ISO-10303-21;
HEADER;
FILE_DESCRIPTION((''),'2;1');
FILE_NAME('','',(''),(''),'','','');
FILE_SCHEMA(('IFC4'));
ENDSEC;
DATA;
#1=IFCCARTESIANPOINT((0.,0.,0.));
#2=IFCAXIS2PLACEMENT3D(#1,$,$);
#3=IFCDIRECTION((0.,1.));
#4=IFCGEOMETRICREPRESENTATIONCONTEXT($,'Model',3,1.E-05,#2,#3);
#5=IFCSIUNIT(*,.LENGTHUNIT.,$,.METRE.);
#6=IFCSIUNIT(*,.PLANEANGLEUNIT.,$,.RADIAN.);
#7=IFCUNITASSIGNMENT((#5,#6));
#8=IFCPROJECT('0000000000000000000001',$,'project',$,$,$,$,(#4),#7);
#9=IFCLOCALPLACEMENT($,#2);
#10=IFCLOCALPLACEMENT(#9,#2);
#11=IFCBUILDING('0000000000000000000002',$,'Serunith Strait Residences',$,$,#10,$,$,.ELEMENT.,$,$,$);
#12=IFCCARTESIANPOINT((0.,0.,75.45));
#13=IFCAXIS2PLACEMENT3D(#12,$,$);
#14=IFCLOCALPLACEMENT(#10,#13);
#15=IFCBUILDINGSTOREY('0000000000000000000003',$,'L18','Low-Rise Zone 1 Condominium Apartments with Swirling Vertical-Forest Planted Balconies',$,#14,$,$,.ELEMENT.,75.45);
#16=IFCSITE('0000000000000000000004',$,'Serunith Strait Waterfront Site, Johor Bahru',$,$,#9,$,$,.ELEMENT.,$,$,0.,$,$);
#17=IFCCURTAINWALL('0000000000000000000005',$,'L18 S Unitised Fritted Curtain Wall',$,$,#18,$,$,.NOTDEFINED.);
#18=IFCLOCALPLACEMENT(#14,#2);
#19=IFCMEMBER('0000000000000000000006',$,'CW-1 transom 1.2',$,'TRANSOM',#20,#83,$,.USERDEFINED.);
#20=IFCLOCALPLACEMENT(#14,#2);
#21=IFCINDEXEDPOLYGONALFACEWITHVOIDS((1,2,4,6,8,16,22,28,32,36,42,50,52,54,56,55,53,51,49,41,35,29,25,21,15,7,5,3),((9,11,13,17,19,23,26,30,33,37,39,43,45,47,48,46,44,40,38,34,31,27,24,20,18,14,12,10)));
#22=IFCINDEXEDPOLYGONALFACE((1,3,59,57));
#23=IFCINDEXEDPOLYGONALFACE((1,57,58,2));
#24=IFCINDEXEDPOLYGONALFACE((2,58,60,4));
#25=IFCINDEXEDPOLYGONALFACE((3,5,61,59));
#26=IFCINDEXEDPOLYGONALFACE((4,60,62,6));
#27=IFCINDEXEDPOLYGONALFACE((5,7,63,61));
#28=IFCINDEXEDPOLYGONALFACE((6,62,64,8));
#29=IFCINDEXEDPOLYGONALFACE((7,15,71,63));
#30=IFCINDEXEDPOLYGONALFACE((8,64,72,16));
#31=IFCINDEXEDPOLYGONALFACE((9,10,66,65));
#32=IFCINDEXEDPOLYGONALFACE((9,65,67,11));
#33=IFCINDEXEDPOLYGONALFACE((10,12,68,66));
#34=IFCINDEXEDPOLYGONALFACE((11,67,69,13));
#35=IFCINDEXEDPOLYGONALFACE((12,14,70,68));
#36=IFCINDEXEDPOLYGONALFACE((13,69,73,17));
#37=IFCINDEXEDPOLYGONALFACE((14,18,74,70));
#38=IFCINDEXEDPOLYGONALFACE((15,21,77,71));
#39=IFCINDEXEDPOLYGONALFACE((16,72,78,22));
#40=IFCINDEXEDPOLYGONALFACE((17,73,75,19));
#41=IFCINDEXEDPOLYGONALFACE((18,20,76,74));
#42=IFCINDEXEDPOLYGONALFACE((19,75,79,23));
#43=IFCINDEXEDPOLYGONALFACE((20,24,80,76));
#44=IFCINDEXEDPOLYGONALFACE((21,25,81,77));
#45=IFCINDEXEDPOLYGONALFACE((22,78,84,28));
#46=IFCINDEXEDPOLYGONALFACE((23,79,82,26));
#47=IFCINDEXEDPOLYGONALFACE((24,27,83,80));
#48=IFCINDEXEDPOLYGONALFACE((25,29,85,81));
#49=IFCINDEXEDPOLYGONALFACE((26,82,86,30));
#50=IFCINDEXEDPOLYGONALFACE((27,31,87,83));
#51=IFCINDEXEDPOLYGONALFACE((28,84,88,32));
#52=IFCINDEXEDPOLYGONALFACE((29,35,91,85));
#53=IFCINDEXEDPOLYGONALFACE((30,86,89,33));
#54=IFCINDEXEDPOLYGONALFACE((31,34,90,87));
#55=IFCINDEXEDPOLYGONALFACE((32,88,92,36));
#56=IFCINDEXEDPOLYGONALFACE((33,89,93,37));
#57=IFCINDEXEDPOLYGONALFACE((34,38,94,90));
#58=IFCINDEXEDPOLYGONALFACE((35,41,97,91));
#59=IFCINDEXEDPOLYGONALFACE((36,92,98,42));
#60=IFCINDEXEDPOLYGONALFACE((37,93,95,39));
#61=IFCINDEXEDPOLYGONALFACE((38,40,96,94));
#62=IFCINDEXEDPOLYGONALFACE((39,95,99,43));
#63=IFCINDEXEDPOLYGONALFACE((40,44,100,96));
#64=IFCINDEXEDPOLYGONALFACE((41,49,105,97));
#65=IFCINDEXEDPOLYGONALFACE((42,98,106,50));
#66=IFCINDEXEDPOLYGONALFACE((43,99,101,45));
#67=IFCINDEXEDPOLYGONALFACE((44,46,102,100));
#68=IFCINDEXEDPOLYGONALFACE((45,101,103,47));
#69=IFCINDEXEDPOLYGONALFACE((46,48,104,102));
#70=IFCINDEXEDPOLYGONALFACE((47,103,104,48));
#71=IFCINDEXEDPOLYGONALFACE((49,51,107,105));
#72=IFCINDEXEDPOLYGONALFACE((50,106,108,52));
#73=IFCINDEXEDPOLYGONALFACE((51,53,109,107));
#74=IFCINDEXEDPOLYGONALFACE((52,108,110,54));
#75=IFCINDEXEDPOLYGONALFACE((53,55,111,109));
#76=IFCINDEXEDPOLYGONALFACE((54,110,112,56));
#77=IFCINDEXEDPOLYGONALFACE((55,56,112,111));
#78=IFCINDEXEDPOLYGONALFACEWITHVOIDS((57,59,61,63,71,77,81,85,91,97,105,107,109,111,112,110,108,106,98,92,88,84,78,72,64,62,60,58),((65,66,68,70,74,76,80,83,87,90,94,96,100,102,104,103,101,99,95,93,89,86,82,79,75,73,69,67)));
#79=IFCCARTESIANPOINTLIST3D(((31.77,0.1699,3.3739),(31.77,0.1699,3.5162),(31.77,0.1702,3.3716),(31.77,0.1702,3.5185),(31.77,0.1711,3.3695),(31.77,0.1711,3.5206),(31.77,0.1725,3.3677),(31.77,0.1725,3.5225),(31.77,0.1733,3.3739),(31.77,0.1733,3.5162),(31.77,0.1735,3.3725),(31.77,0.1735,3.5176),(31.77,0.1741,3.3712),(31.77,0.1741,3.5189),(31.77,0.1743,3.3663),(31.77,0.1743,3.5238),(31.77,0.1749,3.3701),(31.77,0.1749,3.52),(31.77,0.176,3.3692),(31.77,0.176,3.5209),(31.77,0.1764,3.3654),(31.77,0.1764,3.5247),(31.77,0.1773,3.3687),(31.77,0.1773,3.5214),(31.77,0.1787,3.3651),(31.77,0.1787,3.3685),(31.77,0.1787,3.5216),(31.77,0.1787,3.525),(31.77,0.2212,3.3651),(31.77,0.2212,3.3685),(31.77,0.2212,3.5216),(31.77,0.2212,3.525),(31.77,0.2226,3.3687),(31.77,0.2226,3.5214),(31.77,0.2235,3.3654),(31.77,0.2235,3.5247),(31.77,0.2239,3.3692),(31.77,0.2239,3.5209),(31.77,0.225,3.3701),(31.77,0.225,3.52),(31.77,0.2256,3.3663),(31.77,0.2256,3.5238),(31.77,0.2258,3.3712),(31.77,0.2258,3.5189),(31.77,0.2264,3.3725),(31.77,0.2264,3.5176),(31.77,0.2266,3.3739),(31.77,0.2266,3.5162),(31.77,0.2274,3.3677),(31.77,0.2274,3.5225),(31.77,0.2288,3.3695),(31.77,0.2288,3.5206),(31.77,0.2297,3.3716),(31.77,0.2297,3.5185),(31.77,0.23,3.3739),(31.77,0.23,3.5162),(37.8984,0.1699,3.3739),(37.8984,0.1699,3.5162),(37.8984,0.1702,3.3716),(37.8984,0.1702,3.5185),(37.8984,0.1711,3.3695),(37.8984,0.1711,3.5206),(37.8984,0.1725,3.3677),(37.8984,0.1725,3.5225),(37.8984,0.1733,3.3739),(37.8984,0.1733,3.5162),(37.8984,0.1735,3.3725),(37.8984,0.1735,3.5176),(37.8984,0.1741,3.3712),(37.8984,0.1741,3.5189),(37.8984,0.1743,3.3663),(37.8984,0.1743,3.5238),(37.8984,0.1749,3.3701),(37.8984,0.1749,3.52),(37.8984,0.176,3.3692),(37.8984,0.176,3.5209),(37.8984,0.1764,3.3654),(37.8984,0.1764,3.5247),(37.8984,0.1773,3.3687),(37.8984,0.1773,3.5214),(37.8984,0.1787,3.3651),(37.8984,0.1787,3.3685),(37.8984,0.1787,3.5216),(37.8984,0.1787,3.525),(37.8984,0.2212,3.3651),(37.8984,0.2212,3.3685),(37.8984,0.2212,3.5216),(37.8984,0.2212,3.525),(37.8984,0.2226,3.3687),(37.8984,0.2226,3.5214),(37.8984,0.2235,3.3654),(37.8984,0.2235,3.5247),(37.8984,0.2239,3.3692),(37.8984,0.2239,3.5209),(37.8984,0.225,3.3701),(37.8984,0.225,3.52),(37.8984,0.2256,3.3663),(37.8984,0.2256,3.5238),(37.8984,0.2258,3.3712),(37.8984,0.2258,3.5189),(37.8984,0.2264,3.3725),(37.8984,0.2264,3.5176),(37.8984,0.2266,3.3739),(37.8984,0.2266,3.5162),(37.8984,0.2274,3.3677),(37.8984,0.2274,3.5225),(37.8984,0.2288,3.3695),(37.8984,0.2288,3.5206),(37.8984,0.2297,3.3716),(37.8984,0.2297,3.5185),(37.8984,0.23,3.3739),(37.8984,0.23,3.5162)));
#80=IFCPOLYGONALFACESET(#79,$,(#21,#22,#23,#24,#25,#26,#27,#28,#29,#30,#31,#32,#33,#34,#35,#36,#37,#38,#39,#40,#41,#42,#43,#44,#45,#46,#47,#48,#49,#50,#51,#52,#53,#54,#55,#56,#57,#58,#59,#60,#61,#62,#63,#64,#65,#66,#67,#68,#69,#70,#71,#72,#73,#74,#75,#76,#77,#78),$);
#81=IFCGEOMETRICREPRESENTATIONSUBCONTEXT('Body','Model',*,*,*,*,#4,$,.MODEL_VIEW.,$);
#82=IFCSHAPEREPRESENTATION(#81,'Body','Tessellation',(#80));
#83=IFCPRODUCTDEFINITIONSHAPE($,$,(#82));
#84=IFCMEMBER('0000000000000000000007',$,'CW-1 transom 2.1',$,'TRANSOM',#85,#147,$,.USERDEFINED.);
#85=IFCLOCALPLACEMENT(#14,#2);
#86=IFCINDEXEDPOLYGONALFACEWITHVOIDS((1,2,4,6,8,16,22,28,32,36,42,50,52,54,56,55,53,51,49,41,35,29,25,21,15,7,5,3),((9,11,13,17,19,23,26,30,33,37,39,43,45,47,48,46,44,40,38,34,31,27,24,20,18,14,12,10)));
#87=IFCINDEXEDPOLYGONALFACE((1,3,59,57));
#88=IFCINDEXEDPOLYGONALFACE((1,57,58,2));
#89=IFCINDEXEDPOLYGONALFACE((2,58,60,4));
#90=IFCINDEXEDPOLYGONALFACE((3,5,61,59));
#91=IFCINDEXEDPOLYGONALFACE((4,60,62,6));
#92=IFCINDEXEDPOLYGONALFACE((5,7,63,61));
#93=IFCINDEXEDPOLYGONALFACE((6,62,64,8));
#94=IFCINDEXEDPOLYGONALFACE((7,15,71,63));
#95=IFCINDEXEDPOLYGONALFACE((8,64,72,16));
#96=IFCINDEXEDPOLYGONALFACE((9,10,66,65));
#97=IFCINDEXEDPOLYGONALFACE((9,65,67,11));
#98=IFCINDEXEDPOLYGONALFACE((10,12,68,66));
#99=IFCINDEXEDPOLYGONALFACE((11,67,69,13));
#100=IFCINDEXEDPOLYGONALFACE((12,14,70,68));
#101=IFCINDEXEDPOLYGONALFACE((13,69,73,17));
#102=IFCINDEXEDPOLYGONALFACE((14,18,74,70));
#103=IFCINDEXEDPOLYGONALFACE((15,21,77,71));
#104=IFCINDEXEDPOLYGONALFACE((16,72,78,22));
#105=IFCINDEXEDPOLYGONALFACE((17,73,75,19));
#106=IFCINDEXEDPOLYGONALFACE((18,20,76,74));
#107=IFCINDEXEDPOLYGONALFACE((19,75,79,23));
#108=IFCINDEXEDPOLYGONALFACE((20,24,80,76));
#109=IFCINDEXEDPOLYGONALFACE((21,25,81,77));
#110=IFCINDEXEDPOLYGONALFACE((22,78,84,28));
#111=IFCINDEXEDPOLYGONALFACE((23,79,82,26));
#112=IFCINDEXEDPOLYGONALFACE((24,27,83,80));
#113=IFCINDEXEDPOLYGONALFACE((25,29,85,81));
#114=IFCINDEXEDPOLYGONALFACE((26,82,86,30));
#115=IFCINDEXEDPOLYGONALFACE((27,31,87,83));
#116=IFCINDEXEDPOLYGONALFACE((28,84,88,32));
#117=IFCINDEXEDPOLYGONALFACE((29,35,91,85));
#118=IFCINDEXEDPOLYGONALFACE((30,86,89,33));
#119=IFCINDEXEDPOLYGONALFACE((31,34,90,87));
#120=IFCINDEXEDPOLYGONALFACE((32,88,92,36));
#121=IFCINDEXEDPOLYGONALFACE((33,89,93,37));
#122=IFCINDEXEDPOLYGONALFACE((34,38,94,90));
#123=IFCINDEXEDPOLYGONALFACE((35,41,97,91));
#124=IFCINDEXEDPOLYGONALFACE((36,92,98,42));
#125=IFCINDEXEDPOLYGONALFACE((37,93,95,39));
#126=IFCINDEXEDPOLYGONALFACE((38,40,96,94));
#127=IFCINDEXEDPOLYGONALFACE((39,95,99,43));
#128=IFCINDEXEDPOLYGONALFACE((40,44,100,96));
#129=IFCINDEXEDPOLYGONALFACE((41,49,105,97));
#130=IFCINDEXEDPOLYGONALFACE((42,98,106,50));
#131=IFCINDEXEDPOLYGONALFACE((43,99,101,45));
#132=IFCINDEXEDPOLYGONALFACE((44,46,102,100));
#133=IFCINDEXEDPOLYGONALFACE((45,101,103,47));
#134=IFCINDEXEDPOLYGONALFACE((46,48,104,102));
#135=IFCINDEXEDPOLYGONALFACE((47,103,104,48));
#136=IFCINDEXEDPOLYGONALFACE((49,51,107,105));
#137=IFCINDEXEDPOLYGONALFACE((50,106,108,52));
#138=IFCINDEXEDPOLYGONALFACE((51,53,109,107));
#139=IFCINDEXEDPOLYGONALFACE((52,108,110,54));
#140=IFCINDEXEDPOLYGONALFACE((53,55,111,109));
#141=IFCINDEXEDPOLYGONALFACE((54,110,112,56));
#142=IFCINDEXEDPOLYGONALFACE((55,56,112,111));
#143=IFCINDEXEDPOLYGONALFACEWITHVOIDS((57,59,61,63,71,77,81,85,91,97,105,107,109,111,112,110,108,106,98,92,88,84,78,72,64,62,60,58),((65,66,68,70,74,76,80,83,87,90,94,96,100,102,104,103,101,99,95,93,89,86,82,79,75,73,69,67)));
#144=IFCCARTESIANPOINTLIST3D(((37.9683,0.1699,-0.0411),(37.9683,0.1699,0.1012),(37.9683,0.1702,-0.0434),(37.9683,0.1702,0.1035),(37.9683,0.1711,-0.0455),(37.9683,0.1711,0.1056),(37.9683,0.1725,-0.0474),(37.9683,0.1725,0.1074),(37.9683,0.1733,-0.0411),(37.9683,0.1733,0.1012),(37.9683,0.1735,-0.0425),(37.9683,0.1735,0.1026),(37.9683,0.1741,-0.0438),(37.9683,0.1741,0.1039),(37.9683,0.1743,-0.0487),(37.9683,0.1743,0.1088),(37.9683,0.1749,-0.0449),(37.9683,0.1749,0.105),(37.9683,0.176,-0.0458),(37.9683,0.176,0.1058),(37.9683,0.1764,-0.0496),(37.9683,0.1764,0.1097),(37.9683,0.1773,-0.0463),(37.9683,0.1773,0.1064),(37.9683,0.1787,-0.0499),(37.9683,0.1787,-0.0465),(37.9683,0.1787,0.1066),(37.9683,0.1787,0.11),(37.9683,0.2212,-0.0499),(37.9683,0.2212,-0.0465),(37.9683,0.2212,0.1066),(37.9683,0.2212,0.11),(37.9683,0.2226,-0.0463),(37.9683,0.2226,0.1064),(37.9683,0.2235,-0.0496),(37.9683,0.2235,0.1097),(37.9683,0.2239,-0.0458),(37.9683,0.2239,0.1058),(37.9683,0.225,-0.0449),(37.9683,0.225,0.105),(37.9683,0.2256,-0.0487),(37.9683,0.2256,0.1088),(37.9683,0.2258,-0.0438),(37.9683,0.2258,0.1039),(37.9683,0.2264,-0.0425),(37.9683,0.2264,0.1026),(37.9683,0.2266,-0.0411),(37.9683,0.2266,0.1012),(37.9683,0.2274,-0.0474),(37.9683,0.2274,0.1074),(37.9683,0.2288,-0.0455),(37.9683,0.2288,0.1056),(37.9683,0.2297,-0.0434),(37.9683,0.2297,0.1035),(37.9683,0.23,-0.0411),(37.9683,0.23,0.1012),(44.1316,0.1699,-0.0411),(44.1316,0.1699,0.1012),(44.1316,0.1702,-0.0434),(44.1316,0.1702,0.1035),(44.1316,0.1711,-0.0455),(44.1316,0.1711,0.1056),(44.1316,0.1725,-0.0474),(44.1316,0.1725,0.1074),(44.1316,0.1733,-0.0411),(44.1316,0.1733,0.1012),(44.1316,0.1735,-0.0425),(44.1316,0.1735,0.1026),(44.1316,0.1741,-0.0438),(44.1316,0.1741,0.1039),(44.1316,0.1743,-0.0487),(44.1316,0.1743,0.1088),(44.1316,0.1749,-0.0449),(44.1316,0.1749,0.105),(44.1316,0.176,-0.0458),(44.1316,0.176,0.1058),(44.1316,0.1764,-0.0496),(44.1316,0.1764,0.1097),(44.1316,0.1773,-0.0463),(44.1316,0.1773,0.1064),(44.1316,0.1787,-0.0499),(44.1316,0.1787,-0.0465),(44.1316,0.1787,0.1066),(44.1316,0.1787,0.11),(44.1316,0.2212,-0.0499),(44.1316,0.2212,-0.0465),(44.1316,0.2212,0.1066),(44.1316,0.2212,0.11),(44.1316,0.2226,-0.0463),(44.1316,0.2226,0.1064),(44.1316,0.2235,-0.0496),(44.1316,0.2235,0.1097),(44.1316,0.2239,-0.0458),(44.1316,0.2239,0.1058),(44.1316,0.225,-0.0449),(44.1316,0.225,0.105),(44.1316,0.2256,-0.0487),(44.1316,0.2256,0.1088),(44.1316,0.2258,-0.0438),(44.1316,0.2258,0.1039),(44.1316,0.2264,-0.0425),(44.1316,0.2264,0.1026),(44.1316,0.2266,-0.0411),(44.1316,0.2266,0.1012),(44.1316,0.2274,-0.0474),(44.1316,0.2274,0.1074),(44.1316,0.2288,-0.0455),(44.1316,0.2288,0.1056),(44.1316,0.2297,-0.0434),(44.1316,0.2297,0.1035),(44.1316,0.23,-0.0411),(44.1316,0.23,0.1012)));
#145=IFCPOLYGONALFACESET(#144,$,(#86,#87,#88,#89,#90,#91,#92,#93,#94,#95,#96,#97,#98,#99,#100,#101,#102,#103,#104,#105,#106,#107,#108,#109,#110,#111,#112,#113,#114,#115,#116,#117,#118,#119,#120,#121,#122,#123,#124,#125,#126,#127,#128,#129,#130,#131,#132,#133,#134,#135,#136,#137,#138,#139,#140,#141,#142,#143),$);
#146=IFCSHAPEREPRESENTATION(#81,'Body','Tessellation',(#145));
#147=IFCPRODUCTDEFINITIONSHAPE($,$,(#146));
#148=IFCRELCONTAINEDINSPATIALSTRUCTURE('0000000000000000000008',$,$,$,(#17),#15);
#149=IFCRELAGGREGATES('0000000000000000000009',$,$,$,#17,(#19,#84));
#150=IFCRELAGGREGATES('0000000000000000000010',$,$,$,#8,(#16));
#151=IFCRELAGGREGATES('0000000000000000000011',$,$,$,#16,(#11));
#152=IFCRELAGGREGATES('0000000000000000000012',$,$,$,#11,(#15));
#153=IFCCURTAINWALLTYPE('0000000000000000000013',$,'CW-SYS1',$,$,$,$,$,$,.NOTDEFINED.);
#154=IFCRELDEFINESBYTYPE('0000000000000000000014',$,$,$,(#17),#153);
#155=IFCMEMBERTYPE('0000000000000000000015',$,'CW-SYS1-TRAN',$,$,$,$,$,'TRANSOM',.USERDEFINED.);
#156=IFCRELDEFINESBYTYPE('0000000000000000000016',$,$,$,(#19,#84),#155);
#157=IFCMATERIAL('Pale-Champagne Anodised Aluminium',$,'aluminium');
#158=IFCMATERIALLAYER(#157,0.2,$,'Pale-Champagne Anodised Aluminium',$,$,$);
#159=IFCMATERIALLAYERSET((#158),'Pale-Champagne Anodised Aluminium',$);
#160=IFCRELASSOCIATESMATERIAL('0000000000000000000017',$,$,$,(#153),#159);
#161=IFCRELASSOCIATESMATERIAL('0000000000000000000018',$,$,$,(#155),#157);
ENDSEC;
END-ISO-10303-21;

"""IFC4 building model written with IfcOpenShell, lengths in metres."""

from ifc_helpers import new_model, si_unit, direction, frame, origin, origin_2d, place, context, subcontext, project, spatial, hollow_rectangle, extrude, source, transform, mapped, material, layer, layer_set, material_profile, profile_set, type_object, element, aggregate, save


model = new_model("IFC4")

# Units and contexts
model_context = context("Model", 3, precision=1e-05, world=origin(), true_north=direction((0.0, 1.0)))
body_context = subcontext(model_context, "Body", "Model", "MODEL_VIEW")
ifc_project = project(units=[si_unit("LENGTHUNIT", "METRE"), si_unit("PLANEANGLEUNIT", "RADIAN")], contexts=[model_context])

# Site, building, storey
site_placement = place(None, origin())
site = spatial("IfcSite", under=ifc_project, at=site_placement, Name="Serunith Strait Waterfront Site, Johor Bahru", CompositionType="ELEMENT", RefElevation=0.0)
building_placement = place(site_placement, origin())
building = spatial("IfcBuilding", under=site, at=building_placement, Name="Serunith Strait Residences", CompositionType="ELEMENT")
storey_placement = place(building_placement, frame((0.0, 0.0, 75.45)))
storey = spatial("IfcBuildingStorey", under=building, at=storey_placement, Name="L18", Description="Low-Rise Zone 1 Condominium Apartments with Swirling Vertical-Forest Planted Balconies", CompositionType="ELEMENT", Elevation=75.45)

# Curtain wall, members
ifc_material_1 = material(Name="Pale-Champagne Anodised Aluminium", Category="aluminium")
ifc_layer_1 = layer(ifc_material_1, 0.2, Name="Pale-Champagne Anodised Aluminium")
ifc_layer_set_1 = layer_set([ifc_layer_1], Name="Pale-Champagne Anodised Aluminium")
curtain_wall_type = type_object("IfcCurtainWallType", Name="CW-SYS1", PredefinedType="NOTDEFINED", material=ifc_layer_set_1)
curtain_wall_placement = place(storey_placement, origin())
curtain_wall = element("IfcCurtainWall", 1, at=curtain_wall_placement, inside=storey, type_object=curtain_wall_type, Name="L18 S Unitised Fritted Curtain Wall", PredefinedType="NOTDEFINED")
ifc_material_profile_1 = material_profile(ifc_material_1, hollow_rectangle(XDim=0.0601, YDim=0.1599, WallThickness=0.0034, InnerFilletRadius=0.0054, OuterFilletRadius=0.0088, at=origin_2d()), Name="ALU 160x60x3.5")
ifc_profile_set_1 = profile_set([ifc_material_profile_1], Name="Pale-Champagne Anodised Aluminium")
member_type_1 = type_object("IfcMemberType", Name="CW-SYS1-TRAN", ElementType="TRANSOM", PredefinedType="USERDEFINED", material=ifc_profile_set_1)
shared_shape_1 = source(origin(), body_context, "Body", "SweptSolid", [
    extrude(hollow_rectangle(XDim=0.0601, YDim=0.1599, WallThickness=0.0034, InnerFilletRadius=0.0054, OuterFilletRadius=0.0088, at=origin_2d()), origin(), (0.0, 0.0, 1.0), 6.1284),
])
member_1_placement = place(storey_placement, frame((31.77, 0.2, 3.4451), z_axis=(1.0, 0.0, 0.0), x_axis=(0.0, 1.0, 0.0)))
member_1 = element("IfcMember", 2, at=member_1_placement, type_object=member_type_1, Name="CW-1 transom 1.2", ObjectType="TRANSOM", PredefinedType="USERDEFINED", context=body_context, shape_type="MappedRepresentation", body=[
    mapped(shared_shape_1, transform((0.0, 0.0, 0.0), scale=1.0)),
])
shared_shape_2 = source(origin(), body_context, "Body", "SweptSolid", [
    extrude(hollow_rectangle(XDim=0.0601, YDim=0.1599, WallThickness=0.0034, InnerFilletRadius=0.0054, OuterFilletRadius=0.0088, at=origin_2d()), origin(), (0.0, 0.0, 1.0), 6.1633),
])
member_2_placement = place(storey_placement, frame((37.9683, 0.2, 0.03), z_axis=(1.0, 0.0, 0.0), x_axis=(0.0, 1.0, 0.0)))
member_2 = element("IfcMember", 3, at=member_2_placement, type_object=member_type_1, Name="CW-1 transom 2.1", ObjectType="TRANSOM", PredefinedType="USERDEFINED", context=body_context, shape_type="MappedRepresentation", body=[
    mapped(shared_shape_2, transform((0.0, 0.0, 0.0), scale=1.0)),
])
aggregate(curtain_wall, [member_1, member_2])

save(model, "model.ifc")
